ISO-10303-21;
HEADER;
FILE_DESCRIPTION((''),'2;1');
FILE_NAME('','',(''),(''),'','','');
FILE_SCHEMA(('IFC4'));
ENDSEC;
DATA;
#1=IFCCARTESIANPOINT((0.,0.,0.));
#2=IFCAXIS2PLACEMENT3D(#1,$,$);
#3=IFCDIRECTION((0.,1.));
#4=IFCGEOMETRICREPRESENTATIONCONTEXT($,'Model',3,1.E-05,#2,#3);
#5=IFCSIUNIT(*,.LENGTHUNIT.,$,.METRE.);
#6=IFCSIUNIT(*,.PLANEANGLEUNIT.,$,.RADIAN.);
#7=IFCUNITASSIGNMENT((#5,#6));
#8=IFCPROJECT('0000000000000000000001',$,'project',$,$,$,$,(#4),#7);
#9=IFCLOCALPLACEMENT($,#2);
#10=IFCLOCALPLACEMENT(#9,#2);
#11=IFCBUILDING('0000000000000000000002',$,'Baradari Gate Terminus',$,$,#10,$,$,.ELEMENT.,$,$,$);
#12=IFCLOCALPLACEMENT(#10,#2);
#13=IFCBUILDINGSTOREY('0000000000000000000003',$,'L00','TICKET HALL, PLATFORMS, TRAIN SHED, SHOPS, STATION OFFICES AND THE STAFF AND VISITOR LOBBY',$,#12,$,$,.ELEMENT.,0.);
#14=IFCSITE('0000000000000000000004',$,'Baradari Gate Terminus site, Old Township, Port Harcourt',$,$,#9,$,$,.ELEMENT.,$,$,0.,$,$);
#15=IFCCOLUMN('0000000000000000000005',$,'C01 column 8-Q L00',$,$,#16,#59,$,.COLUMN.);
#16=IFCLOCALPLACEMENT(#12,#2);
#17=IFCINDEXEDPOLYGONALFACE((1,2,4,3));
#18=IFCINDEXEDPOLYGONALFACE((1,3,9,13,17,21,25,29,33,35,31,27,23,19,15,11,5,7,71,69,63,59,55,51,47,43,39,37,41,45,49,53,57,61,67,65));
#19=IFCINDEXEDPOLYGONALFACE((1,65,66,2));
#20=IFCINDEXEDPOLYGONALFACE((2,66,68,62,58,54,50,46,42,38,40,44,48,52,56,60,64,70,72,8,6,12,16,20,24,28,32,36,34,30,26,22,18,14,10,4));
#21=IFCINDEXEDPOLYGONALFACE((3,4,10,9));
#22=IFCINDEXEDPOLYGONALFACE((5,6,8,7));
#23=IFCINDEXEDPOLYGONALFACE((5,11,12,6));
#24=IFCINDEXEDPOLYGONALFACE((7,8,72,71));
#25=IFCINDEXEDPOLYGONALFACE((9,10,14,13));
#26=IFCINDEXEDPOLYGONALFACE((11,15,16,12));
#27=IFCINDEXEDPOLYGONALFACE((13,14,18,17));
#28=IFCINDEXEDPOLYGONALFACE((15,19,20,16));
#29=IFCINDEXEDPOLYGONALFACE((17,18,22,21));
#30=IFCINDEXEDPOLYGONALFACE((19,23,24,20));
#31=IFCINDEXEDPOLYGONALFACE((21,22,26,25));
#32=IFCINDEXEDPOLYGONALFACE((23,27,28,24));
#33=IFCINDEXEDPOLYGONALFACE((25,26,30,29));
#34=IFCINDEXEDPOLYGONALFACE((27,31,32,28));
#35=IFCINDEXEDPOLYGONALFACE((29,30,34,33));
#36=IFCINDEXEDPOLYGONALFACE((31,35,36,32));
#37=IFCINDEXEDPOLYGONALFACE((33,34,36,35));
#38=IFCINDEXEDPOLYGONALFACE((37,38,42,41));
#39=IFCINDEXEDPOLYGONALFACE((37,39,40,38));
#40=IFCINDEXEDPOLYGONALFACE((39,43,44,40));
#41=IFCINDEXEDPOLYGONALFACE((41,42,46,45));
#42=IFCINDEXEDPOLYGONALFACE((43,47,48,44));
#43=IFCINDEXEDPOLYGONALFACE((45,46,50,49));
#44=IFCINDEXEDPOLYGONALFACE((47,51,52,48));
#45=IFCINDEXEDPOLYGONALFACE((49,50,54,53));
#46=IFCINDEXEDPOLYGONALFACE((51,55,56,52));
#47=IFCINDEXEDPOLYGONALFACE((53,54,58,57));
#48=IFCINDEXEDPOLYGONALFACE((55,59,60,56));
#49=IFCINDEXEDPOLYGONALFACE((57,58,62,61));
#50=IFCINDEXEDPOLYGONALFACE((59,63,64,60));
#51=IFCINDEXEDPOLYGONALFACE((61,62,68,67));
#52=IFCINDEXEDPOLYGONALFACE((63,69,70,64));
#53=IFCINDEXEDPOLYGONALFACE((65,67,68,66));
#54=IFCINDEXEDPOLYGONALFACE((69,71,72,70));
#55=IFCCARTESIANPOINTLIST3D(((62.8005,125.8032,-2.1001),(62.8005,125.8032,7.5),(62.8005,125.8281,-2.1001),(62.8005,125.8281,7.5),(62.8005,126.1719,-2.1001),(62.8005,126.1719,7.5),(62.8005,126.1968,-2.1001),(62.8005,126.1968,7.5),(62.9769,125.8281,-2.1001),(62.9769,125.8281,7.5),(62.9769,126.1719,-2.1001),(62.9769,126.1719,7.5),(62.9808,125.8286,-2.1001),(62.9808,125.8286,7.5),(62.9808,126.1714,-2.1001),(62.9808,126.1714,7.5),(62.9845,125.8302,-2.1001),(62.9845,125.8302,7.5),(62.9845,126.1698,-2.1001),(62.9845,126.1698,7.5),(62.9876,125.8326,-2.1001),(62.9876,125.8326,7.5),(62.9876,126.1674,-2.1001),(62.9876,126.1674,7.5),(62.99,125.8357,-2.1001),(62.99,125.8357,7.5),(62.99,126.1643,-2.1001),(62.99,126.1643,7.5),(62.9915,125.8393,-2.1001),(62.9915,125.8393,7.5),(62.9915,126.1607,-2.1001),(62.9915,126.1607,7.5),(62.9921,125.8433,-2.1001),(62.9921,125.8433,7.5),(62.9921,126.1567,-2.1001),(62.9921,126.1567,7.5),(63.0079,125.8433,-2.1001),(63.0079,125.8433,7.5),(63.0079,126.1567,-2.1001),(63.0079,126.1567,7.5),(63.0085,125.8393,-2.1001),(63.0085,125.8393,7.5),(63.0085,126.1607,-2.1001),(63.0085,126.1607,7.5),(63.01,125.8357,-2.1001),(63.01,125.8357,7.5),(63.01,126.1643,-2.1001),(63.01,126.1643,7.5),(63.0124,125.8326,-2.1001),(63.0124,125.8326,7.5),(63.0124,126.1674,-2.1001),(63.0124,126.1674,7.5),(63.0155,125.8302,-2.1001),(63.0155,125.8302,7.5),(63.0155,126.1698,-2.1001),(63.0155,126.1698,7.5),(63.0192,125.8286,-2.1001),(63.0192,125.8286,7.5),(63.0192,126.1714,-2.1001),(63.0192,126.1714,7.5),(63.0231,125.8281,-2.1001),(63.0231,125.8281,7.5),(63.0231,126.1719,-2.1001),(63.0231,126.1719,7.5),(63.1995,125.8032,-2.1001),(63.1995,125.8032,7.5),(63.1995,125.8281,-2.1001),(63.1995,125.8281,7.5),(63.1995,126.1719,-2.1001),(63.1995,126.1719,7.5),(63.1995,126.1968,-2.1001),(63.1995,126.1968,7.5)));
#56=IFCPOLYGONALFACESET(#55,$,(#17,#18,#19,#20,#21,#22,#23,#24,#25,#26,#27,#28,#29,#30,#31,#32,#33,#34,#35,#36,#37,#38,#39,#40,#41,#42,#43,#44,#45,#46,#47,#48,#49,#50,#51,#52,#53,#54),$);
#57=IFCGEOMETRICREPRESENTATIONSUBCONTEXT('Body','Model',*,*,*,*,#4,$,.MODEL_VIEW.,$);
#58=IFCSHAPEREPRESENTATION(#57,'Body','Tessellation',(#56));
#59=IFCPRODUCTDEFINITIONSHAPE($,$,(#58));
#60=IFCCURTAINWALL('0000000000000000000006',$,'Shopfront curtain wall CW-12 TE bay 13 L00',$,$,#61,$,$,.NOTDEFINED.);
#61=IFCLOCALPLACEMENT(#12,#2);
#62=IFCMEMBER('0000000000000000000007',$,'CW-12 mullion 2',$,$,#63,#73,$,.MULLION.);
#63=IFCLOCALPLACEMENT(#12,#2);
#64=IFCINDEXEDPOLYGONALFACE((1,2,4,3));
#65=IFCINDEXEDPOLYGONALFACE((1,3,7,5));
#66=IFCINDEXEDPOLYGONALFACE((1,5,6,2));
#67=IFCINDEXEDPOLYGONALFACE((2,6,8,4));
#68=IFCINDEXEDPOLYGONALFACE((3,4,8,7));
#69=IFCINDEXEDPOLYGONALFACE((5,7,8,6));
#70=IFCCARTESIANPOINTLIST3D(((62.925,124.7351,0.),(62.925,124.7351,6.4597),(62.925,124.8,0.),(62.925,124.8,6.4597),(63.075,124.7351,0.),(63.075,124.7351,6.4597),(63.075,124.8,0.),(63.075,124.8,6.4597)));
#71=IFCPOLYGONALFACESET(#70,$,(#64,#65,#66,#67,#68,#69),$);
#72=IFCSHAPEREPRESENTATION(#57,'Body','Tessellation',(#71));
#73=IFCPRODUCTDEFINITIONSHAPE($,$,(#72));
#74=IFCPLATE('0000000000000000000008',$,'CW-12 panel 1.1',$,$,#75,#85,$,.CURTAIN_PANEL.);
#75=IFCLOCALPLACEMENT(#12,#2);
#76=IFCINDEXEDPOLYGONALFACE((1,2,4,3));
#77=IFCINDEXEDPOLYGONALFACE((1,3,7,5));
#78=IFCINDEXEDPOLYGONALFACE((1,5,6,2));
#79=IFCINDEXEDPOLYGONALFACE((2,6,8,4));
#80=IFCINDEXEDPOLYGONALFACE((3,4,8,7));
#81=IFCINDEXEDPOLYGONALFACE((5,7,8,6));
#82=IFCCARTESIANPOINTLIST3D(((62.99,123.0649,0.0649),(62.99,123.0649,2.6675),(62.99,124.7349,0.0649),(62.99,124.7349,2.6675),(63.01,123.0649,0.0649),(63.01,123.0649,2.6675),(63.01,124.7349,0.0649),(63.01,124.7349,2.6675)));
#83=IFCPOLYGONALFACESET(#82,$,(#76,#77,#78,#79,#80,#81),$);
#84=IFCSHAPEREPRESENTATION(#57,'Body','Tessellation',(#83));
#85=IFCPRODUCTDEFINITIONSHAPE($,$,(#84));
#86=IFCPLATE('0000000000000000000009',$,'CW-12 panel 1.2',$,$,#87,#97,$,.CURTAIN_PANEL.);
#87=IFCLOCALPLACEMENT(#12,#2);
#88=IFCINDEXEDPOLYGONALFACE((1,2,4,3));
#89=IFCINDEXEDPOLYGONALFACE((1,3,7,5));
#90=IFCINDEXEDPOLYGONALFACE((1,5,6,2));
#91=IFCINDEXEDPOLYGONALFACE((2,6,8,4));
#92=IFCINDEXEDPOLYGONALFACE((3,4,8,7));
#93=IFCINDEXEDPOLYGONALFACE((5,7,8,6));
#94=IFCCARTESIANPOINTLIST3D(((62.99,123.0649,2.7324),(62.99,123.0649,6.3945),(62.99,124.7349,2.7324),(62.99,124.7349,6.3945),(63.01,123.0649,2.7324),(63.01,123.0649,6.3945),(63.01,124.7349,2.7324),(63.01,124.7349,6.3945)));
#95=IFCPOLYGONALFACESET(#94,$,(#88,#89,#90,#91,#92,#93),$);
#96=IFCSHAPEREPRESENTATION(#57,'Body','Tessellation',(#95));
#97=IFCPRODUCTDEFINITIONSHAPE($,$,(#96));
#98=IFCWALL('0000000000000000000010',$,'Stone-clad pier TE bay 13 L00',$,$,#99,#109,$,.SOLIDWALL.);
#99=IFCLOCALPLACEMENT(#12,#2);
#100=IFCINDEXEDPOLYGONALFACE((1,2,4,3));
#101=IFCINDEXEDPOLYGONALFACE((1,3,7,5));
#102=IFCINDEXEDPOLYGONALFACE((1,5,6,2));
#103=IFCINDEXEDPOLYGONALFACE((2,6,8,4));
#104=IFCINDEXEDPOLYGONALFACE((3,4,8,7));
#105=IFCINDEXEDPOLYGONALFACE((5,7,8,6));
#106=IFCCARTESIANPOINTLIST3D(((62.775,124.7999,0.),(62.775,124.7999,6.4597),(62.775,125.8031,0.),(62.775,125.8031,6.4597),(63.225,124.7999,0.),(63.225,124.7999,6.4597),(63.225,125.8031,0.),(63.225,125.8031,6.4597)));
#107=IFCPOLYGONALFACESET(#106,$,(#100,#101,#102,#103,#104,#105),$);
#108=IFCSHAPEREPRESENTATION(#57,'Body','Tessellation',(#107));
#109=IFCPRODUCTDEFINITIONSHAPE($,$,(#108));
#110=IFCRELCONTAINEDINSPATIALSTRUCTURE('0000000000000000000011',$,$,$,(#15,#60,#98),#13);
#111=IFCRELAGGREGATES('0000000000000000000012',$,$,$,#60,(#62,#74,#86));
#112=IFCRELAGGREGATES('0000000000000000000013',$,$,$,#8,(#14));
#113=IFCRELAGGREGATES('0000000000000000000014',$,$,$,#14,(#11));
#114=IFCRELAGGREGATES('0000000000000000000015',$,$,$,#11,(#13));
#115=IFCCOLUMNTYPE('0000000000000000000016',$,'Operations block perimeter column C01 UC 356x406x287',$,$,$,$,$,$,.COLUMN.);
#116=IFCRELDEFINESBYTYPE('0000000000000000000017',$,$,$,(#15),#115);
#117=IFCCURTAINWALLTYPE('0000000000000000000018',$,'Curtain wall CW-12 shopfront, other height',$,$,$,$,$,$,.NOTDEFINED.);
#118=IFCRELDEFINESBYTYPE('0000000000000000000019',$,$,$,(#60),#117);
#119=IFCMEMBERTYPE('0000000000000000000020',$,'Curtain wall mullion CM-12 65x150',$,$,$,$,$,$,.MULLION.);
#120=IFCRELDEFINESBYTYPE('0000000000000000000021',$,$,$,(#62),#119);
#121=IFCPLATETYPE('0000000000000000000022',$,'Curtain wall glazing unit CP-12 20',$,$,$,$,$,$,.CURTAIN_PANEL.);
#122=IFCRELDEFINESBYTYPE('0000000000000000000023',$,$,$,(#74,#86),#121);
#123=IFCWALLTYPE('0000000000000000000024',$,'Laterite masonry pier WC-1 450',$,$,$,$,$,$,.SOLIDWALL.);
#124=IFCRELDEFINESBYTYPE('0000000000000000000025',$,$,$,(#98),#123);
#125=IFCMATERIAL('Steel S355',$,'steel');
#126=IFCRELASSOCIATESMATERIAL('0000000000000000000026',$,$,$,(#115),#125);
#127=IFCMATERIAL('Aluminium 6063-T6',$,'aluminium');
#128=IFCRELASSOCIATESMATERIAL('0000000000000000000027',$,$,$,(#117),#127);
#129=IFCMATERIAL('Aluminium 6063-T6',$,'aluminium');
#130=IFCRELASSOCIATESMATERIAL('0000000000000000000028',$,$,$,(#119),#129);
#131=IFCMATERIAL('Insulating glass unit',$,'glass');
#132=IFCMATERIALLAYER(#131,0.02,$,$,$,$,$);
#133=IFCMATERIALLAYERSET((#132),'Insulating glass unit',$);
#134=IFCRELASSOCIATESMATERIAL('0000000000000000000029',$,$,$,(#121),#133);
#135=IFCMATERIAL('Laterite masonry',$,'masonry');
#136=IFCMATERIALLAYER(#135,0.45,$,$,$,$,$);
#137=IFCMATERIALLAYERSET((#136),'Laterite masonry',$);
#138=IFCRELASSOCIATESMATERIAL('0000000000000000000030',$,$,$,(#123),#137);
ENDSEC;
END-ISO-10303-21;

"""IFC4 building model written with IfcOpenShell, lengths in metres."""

from ifc_helpers import new_model, si_unit, direction, frame, frame_2d, origin, origin_2d, place, context, subcontext, project, spatial, rectangle, i_section, extrude, material, layer, layer_set, material_profile, profile_set, type_object, element, aggregate, save


model = new_model("IFC4")

# Units and contexts
model_context = context("Model", 3, precision=1e-05, world=origin(), true_north=direction((0.0, 1.0)))
body_context = subcontext(model_context, "Body", "Model", "MODEL_VIEW")
ifc_project = project(units=[si_unit("LENGTHUNIT", "METRE"), si_unit("PLANEANGLEUNIT", "RADIAN")], contexts=[model_context])

# Site, building, storey
site_placement = place(None, origin())
site = spatial("IfcSite", under=ifc_project, at=site_placement, Name="Baradari Gate Terminus site, Old Township, Port Harcourt", CompositionType="ELEMENT", RefElevation=0.0)
building_placement = place(site_placement, origin())
building = spatial("IfcBuilding", under=site, at=building_placement, Name="Baradari Gate Terminus", CompositionType="ELEMENT")
storey_placement = place(building_placement, origin())
storey = spatial("IfcBuildingStorey", under=building, at=storey_placement, Name="L00", Description="TICKET HALL, PLATFORMS, TRAIN SHED, SHOPS, STATION OFFICES AND THE STAFF AND VISITOR LOBBY", CompositionType="ELEMENT", Elevation=0.0)

# Column
ifc_material_1 = material(Name="Steel S355", Category="steel")
ifc_material_profile_1 = material_profile(ifc_material_1, i_section(OverallWidth=0.3989, OverallDepth=0.3936, WebThickness=0.0159, FlangeThickness=0.0249, FilletRadius=0.0151, at=origin_2d()), Name="UC 356x406x287")
ifc_profile_set_1 = profile_set([ifc_material_profile_1], Name="Steel S355")
column_type = type_object("IfcColumnType", Name="Operations block perimeter column C01 UC 356x406x287", PredefinedType="COLUMN", material=ifc_profile_set_1)
column_placement = place(storey_placement, frame((63.0, 126.0, -2.1001), z_axis=(0.0, 0.0, 1.0), x_axis=(1.0, 0.0, 0.0)))
element("IfcColumn", 1, at=column_placement, inside=storey, type_object=column_type, Name="C01 column 8-Q L00", PredefinedType="COLUMN", context=body_context, shape_type="SweptSolid", body=[
    extrude(i_section(OverallWidth=0.3989, OverallDepth=0.3936, WebThickness=0.0159, FlangeThickness=0.0249, FilletRadius=0.0151, at=origin_2d()), origin(), (0.0, 0.0, 1.0), 9.6001),
])

# Curtain wall, member, plates
ifc_material_2 = material(Name="Aluminium 6063-T6", Category="aluminium")
curtain_wall_type = type_object("IfcCurtainWallType", Name="Curtain wall CW-12 shopfront, other height", PredefinedType="NOTDEFINED", material=ifc_material_2)
curtain_wall_placement = place(storey_placement, origin())
curtain_wall = element("IfcCurtainWall", 2, at=curtain_wall_placement, inside=storey, type_object=curtain_wall_type, Name="Shopfront curtain wall CW-12 TE bay 13 L00", PredefinedType="NOTDEFINED")
ifc_material_3 = material(Name="Aluminium 6063-T6", Category="aluminium")
ifc_material_profile_2 = material_profile(ifc_material_3, rectangle(XDim=0.1499, YDim=0.0649, at=origin_2d()), Name="CM-12 65X150")
ifc_profile_set_2 = profile_set([ifc_material_profile_2], Name="Aluminium 6063-T6")
member_type = type_object("IfcMemberType", Name="Curtain wall mullion CM-12 65x150", PredefinedType="MULLION", material=ifc_profile_set_2)
member_placement = place(storey_placement, frame((63.0, 124.7676, 0.0), z_axis=(0.0, 0.0, 1.0), x_axis=(-1.0, 0.0, 0.0)))
member = element("IfcMember", 3, at=member_placement, type_object=member_type, Name="CW-12 mullion 2", PredefinedType="MULLION", context=body_context, shape_type="SweptSolid", body=[
    extrude(rectangle(XDim=0.1499, YDim=0.0649, at=origin_2d()), origin(), (0.0, 0.0, 1.0), 6.4597),
])
ifc_material_4 = material(Name="Insulating glass unit", Category="glass")
ifc_layer_1 = layer(ifc_material_4, 0.02)
ifc_layer_set_1 = layer_set([ifc_layer_1], Name="Insulating glass unit")
plate_type = type_object("IfcPlateType", Name="Curtain wall glazing unit CP-12 20", PredefinedType="CURTAIN_PANEL", material=ifc_layer_set_1)
plate_1_placement = place(storey_placement, frame((63.0, 123.8999, 0.0649), z_axis=(0.0, 0.0, 1.0), x_axis=(0.0, 1.0, 0.0)))
plate_1 = element("IfcPlate", 4, at=plate_1_placement, type_object=plate_type, Name="CW-12 panel 1.1", PredefinedType="CURTAIN_PANEL", context=body_context, shape_type="SweptSolid", body=[
    extrude(rectangle(XDim=1.6699, YDim=0.02, at=origin_2d()), origin(), (0.0, 0.0, 1.0), 2.6025),
])
plate_2_placement = place(storey_placement, frame((63.0, 123.8999, 2.7324), z_axis=(0.0, 0.0, 1.0), x_axis=(0.0, 1.0, 0.0)))
plate_2 = element("IfcPlate", 5, at=plate_2_placement, type_object=plate_type, Name="CW-12 panel 1.2", PredefinedType="CURTAIN_PANEL", context=body_context, shape_type="SweptSolid", body=[
    extrude(rectangle(XDim=1.6699, YDim=0.02, at=origin_2d()), origin(), (0.0, 0.0, 1.0), 3.6621),
])
aggregate(curtain_wall, [member, plate_1, plate_2])

# Wall
ifc_material_5 = material(Name="Laterite masonry", Category="masonry")
ifc_layer_2 = layer(ifc_material_5, 0.45)
ifc_layer_set_2 = layer_set([ifc_layer_2], Name="Laterite masonry")
wall_type = type_object("IfcWallType", Name="Laterite masonry pier WC-1 450", PredefinedType="SOLIDWALL", material=ifc_layer_set_2)
wall_1_placement = place(storey_placement, frame((63.0, 124.8, 0.0), z_axis=(0.0, 0.0, 1.0), x_axis=(0.0, 1.0, 0.0)))
element("IfcWall", 6, at=wall_1_placement, inside=storey, type_object=wall_type, Name="Stone-clad pier TE bay 13 L00", PredefinedType="SOLIDWALL", context=body_context, shape_type="SweptSolid", body=[
    extrude(rectangle(XDim=1.0032, YDim=0.45, at=frame_2d((0.5015, 0.0))), origin(), (0.0, 0.0, 1.0), 6.4597),
])

save(model, "model.ifc")
